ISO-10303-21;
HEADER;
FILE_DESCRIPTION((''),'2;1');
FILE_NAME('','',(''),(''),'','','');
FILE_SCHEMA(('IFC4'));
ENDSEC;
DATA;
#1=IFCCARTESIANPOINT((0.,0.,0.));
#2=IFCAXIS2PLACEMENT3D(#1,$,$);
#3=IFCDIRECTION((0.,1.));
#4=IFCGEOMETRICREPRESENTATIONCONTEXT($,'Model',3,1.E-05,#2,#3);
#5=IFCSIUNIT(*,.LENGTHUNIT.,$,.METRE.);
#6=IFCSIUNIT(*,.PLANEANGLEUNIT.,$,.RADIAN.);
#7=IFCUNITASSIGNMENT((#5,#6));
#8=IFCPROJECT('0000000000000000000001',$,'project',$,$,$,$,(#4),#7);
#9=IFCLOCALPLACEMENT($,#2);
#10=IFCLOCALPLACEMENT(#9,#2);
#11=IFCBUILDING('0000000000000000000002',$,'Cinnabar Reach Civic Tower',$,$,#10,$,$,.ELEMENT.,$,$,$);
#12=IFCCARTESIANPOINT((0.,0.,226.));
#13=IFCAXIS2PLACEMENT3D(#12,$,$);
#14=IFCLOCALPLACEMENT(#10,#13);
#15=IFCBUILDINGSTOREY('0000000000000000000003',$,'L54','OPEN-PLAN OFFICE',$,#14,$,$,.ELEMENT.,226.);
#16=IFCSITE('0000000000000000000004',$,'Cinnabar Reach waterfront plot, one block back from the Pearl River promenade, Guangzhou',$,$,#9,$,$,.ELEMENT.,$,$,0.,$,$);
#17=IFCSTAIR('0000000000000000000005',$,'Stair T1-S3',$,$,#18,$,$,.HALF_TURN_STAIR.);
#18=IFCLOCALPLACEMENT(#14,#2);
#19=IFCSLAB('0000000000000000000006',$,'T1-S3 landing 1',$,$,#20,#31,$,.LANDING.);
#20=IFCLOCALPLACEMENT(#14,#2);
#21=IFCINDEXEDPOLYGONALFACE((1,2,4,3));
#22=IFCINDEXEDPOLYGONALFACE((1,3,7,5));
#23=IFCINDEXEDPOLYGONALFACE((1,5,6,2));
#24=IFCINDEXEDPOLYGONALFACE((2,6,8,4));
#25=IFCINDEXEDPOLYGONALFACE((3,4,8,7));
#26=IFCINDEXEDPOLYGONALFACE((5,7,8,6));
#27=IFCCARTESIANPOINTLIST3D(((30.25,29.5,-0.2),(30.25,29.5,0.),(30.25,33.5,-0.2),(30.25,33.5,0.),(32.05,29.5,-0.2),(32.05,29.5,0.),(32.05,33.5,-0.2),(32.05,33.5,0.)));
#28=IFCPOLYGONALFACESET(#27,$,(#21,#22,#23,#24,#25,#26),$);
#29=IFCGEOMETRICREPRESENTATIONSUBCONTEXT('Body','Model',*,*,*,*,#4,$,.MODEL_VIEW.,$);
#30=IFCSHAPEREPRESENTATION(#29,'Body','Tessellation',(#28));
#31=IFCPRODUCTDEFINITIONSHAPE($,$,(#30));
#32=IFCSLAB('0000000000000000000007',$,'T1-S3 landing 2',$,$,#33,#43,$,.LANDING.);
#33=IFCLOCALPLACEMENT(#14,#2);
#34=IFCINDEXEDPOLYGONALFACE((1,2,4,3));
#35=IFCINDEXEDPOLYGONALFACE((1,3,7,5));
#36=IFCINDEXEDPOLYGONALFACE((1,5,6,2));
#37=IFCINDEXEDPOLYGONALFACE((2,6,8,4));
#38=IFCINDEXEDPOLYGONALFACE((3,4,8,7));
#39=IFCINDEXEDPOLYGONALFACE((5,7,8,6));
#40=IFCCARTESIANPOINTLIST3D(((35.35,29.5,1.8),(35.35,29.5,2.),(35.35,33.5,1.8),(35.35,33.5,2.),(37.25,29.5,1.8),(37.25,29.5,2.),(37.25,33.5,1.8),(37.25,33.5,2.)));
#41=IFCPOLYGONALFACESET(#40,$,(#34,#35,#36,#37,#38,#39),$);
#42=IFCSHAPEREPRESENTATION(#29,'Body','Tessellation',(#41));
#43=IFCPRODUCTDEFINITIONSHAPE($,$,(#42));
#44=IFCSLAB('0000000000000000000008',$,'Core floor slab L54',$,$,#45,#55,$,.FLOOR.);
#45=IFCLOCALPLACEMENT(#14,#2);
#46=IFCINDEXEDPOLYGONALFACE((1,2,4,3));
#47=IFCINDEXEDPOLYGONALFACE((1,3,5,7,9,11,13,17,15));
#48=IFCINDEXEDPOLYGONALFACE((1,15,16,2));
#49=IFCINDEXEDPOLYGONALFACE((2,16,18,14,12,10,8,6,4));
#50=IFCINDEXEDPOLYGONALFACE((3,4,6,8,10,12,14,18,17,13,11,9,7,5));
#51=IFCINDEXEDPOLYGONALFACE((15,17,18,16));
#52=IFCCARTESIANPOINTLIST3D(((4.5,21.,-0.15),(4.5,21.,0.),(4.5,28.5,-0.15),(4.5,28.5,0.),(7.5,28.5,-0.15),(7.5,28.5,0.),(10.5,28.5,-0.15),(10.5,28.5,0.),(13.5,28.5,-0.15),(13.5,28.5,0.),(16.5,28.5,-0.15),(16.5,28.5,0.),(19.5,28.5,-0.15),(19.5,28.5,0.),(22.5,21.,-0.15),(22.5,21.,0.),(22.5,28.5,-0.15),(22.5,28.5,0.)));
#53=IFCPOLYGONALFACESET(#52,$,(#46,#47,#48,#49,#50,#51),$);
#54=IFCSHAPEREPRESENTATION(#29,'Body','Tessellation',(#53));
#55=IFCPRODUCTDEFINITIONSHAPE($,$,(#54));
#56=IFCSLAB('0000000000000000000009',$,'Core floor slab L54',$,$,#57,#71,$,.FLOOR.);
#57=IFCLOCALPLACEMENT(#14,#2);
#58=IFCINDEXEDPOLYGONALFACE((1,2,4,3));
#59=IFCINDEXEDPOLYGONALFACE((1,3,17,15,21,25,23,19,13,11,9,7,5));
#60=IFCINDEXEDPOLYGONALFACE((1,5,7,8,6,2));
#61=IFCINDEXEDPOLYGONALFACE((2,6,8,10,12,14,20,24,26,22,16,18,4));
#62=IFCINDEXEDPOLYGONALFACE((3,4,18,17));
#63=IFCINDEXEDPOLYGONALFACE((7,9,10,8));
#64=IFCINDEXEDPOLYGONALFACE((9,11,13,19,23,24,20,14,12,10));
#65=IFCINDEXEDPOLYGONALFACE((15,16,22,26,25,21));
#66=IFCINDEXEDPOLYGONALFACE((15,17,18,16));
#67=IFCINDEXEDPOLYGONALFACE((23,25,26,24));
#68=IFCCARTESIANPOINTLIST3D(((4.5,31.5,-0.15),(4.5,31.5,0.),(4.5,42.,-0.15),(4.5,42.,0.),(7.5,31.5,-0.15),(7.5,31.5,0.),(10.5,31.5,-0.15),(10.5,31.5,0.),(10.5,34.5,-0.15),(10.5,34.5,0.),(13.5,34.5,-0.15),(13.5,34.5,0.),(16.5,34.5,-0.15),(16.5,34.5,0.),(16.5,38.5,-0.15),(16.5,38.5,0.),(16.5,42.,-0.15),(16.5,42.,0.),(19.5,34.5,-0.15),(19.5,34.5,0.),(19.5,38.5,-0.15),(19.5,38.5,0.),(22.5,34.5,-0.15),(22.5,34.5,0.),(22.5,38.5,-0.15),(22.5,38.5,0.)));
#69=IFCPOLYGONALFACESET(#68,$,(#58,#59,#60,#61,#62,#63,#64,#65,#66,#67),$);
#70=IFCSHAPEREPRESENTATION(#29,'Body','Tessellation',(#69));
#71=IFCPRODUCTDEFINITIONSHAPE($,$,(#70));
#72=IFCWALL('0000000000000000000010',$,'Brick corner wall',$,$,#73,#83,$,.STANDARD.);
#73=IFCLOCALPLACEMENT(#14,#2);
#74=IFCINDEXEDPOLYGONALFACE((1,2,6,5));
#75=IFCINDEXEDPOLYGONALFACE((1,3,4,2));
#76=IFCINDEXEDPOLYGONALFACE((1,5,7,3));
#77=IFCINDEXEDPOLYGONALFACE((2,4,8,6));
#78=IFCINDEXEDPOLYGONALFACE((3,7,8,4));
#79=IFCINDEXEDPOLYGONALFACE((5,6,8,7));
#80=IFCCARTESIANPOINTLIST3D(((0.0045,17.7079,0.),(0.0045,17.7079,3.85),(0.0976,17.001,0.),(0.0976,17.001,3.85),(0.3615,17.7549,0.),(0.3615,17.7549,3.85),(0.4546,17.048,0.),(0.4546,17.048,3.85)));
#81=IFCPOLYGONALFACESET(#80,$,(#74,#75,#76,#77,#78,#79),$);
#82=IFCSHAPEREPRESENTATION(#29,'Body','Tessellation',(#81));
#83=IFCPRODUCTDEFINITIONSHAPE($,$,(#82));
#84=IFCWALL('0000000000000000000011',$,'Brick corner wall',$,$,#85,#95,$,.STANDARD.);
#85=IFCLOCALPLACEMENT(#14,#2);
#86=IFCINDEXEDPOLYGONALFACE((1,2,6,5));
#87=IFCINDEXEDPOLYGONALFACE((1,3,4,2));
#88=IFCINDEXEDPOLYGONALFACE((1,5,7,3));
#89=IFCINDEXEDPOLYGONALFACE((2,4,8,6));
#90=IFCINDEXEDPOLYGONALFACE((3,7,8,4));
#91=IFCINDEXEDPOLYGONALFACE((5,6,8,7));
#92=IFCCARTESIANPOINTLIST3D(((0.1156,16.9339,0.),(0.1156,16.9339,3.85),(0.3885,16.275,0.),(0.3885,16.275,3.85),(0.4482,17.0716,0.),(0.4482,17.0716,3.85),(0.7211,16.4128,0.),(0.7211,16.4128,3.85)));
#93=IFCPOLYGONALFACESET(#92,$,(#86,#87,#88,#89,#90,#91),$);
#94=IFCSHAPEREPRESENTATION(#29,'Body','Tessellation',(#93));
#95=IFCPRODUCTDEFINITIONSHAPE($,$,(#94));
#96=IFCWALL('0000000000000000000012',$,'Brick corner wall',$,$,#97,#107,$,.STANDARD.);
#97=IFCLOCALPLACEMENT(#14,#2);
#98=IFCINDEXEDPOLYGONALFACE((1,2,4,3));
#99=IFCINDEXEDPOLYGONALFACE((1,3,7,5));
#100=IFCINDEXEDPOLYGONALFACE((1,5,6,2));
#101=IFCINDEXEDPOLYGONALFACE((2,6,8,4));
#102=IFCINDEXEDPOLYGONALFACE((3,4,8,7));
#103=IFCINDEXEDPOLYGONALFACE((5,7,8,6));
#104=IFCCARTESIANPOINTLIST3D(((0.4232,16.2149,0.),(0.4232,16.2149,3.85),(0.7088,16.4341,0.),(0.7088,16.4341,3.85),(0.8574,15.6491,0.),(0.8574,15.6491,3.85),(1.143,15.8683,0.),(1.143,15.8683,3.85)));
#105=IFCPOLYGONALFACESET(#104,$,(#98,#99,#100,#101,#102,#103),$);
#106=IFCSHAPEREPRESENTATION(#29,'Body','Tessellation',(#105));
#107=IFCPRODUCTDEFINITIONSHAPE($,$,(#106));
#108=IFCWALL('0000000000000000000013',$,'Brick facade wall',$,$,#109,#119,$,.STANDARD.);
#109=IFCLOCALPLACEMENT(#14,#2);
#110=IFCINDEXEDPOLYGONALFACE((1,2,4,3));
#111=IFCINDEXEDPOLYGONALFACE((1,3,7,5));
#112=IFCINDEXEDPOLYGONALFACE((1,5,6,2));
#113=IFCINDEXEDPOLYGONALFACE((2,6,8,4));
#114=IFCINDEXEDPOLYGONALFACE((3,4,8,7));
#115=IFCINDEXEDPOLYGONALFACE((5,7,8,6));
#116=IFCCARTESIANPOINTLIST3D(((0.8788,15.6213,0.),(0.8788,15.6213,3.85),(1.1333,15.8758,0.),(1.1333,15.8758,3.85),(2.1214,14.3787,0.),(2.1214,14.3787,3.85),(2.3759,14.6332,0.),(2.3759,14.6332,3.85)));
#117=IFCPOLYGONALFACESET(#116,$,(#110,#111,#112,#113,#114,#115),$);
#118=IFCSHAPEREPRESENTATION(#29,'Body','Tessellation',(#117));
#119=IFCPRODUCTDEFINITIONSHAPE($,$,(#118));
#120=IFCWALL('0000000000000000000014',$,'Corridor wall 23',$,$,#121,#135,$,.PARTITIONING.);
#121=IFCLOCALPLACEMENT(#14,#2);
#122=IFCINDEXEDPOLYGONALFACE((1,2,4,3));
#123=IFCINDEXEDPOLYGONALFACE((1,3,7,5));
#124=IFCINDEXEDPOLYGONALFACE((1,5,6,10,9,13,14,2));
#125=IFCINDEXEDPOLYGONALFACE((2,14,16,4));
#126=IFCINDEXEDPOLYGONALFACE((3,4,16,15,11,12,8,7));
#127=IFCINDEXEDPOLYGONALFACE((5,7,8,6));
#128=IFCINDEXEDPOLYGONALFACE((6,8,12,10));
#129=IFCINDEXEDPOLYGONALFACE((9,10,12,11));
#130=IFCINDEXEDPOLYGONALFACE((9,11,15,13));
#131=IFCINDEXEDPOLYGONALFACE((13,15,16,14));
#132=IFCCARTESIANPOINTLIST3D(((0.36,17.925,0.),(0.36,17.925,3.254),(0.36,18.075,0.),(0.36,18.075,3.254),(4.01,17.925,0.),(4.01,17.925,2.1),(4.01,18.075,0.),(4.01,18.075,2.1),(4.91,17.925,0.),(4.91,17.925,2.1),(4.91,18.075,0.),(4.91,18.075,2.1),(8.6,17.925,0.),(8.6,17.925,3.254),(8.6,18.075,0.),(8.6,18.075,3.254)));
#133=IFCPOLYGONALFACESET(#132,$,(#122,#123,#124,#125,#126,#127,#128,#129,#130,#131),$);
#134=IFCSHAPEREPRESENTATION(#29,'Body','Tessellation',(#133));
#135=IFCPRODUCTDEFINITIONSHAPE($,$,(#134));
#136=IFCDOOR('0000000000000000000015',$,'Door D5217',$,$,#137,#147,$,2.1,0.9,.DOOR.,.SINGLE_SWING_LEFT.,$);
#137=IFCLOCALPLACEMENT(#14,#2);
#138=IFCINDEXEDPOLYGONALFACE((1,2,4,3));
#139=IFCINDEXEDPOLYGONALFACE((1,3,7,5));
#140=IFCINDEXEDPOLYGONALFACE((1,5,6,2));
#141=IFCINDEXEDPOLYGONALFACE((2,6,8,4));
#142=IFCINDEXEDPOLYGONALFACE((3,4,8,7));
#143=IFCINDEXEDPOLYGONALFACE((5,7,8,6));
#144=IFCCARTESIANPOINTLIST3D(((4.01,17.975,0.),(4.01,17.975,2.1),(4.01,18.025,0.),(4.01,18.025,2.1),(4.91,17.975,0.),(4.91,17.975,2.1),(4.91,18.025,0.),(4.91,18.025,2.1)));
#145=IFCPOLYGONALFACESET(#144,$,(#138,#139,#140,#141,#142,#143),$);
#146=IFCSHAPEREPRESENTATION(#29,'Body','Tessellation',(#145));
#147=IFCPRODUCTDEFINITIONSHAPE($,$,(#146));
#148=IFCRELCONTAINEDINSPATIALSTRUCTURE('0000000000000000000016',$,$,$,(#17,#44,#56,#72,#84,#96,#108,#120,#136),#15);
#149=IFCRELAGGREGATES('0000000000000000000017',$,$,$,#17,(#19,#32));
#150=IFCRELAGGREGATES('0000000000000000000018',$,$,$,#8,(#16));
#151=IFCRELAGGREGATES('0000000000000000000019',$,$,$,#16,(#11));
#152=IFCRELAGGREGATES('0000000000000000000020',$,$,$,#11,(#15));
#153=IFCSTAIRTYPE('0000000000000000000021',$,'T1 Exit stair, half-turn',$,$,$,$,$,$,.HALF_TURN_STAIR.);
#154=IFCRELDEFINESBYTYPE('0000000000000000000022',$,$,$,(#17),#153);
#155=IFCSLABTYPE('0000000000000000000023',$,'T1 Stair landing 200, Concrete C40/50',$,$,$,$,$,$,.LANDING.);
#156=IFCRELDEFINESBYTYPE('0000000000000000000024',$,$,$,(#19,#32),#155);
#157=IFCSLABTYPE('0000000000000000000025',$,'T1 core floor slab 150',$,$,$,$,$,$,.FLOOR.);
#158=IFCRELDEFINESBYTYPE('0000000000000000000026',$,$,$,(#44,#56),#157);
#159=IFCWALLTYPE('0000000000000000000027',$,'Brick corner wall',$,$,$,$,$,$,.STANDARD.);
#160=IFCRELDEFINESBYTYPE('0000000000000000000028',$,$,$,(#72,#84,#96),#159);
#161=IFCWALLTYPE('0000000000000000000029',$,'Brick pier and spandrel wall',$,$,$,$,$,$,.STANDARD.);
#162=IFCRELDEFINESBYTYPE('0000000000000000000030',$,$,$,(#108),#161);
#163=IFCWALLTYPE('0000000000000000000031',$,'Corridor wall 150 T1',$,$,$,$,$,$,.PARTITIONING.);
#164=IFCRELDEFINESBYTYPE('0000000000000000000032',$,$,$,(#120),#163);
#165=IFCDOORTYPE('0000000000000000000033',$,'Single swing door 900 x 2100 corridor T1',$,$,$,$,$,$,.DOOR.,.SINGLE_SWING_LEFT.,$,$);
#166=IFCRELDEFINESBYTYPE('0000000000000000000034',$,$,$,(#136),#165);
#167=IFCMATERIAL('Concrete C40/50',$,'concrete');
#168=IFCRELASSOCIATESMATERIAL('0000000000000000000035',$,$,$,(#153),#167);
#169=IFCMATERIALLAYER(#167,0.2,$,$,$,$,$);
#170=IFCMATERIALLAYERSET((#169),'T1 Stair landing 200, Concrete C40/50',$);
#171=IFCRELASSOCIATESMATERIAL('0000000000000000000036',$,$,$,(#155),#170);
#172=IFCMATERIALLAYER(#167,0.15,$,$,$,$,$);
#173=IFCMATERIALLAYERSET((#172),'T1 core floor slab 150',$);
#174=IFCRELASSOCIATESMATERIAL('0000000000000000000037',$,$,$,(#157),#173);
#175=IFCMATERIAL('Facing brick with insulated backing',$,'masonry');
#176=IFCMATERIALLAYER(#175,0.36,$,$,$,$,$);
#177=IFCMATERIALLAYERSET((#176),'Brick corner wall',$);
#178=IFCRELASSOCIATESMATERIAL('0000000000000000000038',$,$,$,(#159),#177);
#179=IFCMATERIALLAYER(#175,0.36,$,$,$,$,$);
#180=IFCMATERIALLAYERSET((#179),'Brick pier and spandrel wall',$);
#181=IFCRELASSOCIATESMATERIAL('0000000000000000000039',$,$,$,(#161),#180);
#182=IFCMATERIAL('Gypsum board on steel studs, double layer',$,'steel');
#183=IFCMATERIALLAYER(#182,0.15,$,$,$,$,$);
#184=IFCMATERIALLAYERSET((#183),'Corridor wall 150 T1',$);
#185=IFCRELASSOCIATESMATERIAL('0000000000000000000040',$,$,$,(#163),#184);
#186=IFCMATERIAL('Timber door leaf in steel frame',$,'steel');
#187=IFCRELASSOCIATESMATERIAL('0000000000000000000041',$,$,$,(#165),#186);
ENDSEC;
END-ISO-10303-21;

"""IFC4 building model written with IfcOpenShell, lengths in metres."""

from ifc_helpers import new_model, si_unit, direction, frame, frame_2d, origin, place, context, subcontext, project, spatial, polyline, rectangle, outline, extrude, material, layer, layer_set, type_object, element, fill, aggregate, save


model = new_model("IFC4")

# Units and contexts
model_context = context("Model", 3, precision=1e-05, world=origin(), true_north=direction((0.0, 1.0)))
body_context = subcontext(model_context, "Body", "Model", "MODEL_VIEW")
ifc_project = project(units=[si_unit("LENGTHUNIT", "METRE"), si_unit("PLANEANGLEUNIT", "RADIAN")], contexts=[model_context])

# Site, building, storey
site_placement = place(None, origin())
site = spatial("IfcSite", under=ifc_project, at=site_placement, Name="Cinnabar Reach waterfront plot, one block back from the Pearl River promenade, Guangzhou", CompositionType="ELEMENT", RefElevation=0.0)
building_placement = place(site_placement, origin())
building = spatial("IfcBuilding", under=site, at=building_placement, Name="Cinnabar Reach Civic Tower", CompositionType="ELEMENT")
storey_placement = place(building_placement, frame((0.0, 0.0, 226.0)))
storey = spatial("IfcBuildingStorey", under=building, at=storey_placement, Name="L54", Description="OPEN-PLAN OFFICE", CompositionType="ELEMENT", Elevation=226.0)

# Stair, slabs
ifc_material_1 = material(Name="Concrete C40/50", Category="concrete")
stair_type = type_object("IfcStairType", Name="T1 Exit stair, half-turn", PredefinedType="HALF_TURN_STAIR", material=ifc_material_1)
ifc_layer_1 = layer(ifc_material_1, 0.2)
ifc_layer_set_1 = layer_set([ifc_layer_1], Name="T1 Stair landing 200, Concrete C40/50")
slab_type_1 = type_object("IfcSlabType", Name="T1 Stair landing 200, Concrete C40/50", PredefinedType="LANDING", material=ifc_layer_set_1)
stair_1_placement = place(storey_placement, origin())
stair_1 = element("IfcStair", 1, at=stair_1_placement, inside=storey, type_object=stair_type, Name="Stair T1-S3", PredefinedType="HALF_TURN_STAIR")
slab_1_placement = place(storey_placement, frame((0.0, 0.0, -0.2)))
slab_1 = element("IfcSlab", 2, at=slab_1_placement, type_object=slab_type_1, Name="T1-S3 landing 1", PredefinedType="LANDING", context=body_context, shape_type="SweptSolid", body=[
    extrude(outline(polyline([(30.25, 29.5), (32.05, 29.5), (32.05, 33.5), (30.25, 33.5), (30.25, 29.5)])), origin(), (0.0, 0.0, 1.0), 0.2),
])
slab_2_placement = place(storey_placement, frame((0.0, 0.0, 1.8)))
slab_2 = element("IfcSlab", 3, at=slab_2_placement, type_object=slab_type_1, Name="T1-S3 landing 2", PredefinedType="LANDING", context=body_context, shape_type="SweptSolid", body=[
    extrude(outline(polyline([(35.35, 29.5), (37.25, 29.5), (37.25, 33.5), (35.35, 33.5), (35.35, 29.5)])), origin(), (0.0, 0.0, 1.0), 0.2),
])
aggregate(stair_1, [slab_1, slab_2])

# Slabs
ifc_layer_2 = layer(ifc_material_1, 0.15)
ifc_layer_set_2 = layer_set([ifc_layer_2], Name="T1 core floor slab 150")
slab_type_2 = type_object("IfcSlabType", Name="T1 core floor slab 150", PredefinedType="FLOOR", material=ifc_layer_set_2)
slab_3_placement = place(storey_placement, frame((0.0, 0.0, -0.15)))
element("IfcSlab", 4, at=slab_3_placement, inside=storey, type_object=slab_type_2, Name="Core floor slab L54", PredefinedType="FLOOR", context=body_context, shape_type="SweptSolid", body=[
    extrude(outline(polyline([(22.5, 21.0), (4.5, 21.0), (4.5, 28.5), (7.5, 28.5), (10.5, 28.5), (13.5, 28.5), (16.5, 28.5), (19.5, 28.5), (22.5, 28.5), (22.5, 21.0)])), origin(), (0.0, 0.0, 1.0), 0.15),
])
slab_4_placement = place(storey_placement, frame((0.0, 0.0, -0.15)))
element("IfcSlab", 5, at=slab_4_placement, inside=storey, type_object=slab_type_2, Name="Core floor slab L54", PredefinedType="FLOOR", context=body_context, shape_type="SweptSolid", body=[
    extrude(outline(polyline([(22.5, 34.5), (19.5, 34.5), (16.5, 34.5), (13.5, 34.5), (10.5, 34.5), (10.5, 31.5), (7.5, 31.5), (4.5, 31.5), (4.5, 42.0), (16.5, 42.0), (16.5, 38.5), (19.5, 38.5), (22.5, 38.5), (22.5, 34.5)])), origin(), (0.0, 0.0, 1.0), 0.15),
])

# Walls
ifc_material_2 = material(Name="Facing brick with insulated backing", Category="masonry")
ifc_layer_3 = layer(ifc_material_2, 0.36)
ifc_layer_set_3 = layer_set([ifc_layer_3], Name="Brick corner wall")
wall_type_1 = type_object("IfcWallType", Name="Brick corner wall", PredefinedType="STANDARD", material=ifc_layer_set_3)
for number, where, z_axis, x_axis, name in (
    (6, (0.183, 17.7314, 0.0), (0.0, 0.0, 1.0), (0.130556, -0.991441, 0.0), "Brick corner wall"),
    (7, (0.2819, 17.0027, 0.0), (0.0, 0.0, 1.0), (0.382703, -0.923872, 0.0), "Brick corner wall"),
):
    element("IfcWall", number, at=place(storey_placement, frame(where, z_axis=z_axis, x_axis=x_axis)), inside=storey, type_object=wall_type_1, Name=name, PredefinedType="STANDARD", context=body_context, shape_type="SweptSolid", body=[
        extrude(rectangle(XDim=0.7131, YDim=0.36, at=frame_2d((0.3565, 0.0))), origin(), (0.0, 0.0, 1.0), 3.85),
    ])
wall_1_placement = place(storey_placement, frame((0.566, 16.3245, 0.0), z_axis=(0.0, 0.0, 1.0), x_axis=(0.608802, -0.793322, 0.0)))
element("IfcWall", 8, at=wall_1_placement, inside=storey, type_object=wall_type_1, Name="Brick corner wall", PredefinedType="STANDARD", context=body_context, shape_type="SweptSolid", body=[
    extrude(rectangle(XDim=0.7132, YDim=0.36, at=frame_2d((0.3566, 0.0))), origin(), (0.0, 0.0, 1.0), 3.85),
])
ifc_layer_4 = layer(ifc_material_2, 0.36)
ifc_layer_set_4 = layer_set([ifc_layer_4], Name="Brick pier and spandrel wall")
wall_type_2 = type_object("IfcWallType", Name="Brick pier and spandrel wall", PredefinedType="STANDARD", material=ifc_layer_set_4)
wall_2_placement = place(storey_placement, frame((1.006, 15.7486, 0.0), z_axis=(0.0, 0.0, 1.0), x_axis=(0.707107, -0.707107, 0.0)))
element("IfcWall", 9, at=wall_2_placement, inside=storey, type_object=wall_type_2, Name="Brick facade wall", PredefinedType="STANDARD", context=body_context, shape_type="SweptSolid", body=[
    extrude(rectangle(XDim=1.7573, YDim=0.36, at=frame_2d((0.8787, 0.0))), origin(), (0.0, 0.0, 1.0), 3.85),
])

# Wall, opening, door
ifc_material_3 = material(Name="Gypsum board on steel studs, double layer", Category="steel")
ifc_layer_5 = layer(ifc_material_3, 0.15)
ifc_layer_set_5 = layer_set([ifc_layer_5], Name="Corridor wall 150 T1")
wall_type_3 = type_object("IfcWallType", Name="Corridor wall 150 T1", PredefinedType="PARTITIONING", material=ifc_layer_set_5)
wall_3_placement = place(storey_placement, frame((0.36, 18.0, 0.0), z_axis=(0.0, 0.0, 1.0), x_axis=(1.0, 0.0, 0.0)))
wall_3 = element("IfcWall", 10, at=wall_3_placement, inside=storey, type_object=wall_type_3, Name="Corridor wall 23", PredefinedType="PARTITIONING", context=body_context, shape_type="SweptSolid", body=[
    extrude(rectangle(XDim=8.24, YDim=0.15, at=frame_2d((4.12, 0.0))), origin(), (0.0, 0.0, 1.0), 3.254),
])
opening_placement = place(wall_3_placement, frame((3.65, 0.0, 0.0)))
opening = element("IfcOpeningElement", 11, at=opening_placement, cuts=wall_3, PredefinedType="OPENING", context=body_context, shape_type="SweptSolid", body=[
    extrude(rectangle(XDim=0.9, YDim=2.1, at=frame_2d((0.45, 1.05))), frame((0.0, 0.085, 0.0), z_axis=(0.0, -1.0, 0.0), x_axis=(1.0, 0.0, 0.0)), (0.0, 0.0, 1.0), 0.17),
])
ifc_material_4 = material(Name="Timber door leaf in steel frame", Category="steel")
door_type = type_object("IfcDoorType", Name="Single swing door 900 x 2100 corridor T1", OperationType="SINGLE_SWING_LEFT", PredefinedType="DOOR", material=ifc_material_4)
door_placement = place(opening_placement, frame((0.9, 0.0, 0.0), z_axis=(0.0, 0.0, 1.0), x_axis=(-1.0, 0.0, 0.0)))
door = element("IfcDoor", 12, at=door_placement, inside=storey, type_object=door_type, Name="Door D5217", OperationType="SINGLE_SWING_LEFT", OverallHeight=2.1, OverallWidth=0.9, PredefinedType="DOOR", context=body_context, shape_type="SweptSolid", body=[
    extrude(rectangle(XDim=0.9, YDim=2.1, at=frame_2d((0.45, 1.05))), frame((0.0, 0.025, 0.0), z_axis=(0.0, -1.0, 0.0), x_axis=(1.0, 0.0, 0.0)), (0.0, 0.0, 1.0), 0.05),
])
fill(opening, door)

save(model, "model.ifc")
